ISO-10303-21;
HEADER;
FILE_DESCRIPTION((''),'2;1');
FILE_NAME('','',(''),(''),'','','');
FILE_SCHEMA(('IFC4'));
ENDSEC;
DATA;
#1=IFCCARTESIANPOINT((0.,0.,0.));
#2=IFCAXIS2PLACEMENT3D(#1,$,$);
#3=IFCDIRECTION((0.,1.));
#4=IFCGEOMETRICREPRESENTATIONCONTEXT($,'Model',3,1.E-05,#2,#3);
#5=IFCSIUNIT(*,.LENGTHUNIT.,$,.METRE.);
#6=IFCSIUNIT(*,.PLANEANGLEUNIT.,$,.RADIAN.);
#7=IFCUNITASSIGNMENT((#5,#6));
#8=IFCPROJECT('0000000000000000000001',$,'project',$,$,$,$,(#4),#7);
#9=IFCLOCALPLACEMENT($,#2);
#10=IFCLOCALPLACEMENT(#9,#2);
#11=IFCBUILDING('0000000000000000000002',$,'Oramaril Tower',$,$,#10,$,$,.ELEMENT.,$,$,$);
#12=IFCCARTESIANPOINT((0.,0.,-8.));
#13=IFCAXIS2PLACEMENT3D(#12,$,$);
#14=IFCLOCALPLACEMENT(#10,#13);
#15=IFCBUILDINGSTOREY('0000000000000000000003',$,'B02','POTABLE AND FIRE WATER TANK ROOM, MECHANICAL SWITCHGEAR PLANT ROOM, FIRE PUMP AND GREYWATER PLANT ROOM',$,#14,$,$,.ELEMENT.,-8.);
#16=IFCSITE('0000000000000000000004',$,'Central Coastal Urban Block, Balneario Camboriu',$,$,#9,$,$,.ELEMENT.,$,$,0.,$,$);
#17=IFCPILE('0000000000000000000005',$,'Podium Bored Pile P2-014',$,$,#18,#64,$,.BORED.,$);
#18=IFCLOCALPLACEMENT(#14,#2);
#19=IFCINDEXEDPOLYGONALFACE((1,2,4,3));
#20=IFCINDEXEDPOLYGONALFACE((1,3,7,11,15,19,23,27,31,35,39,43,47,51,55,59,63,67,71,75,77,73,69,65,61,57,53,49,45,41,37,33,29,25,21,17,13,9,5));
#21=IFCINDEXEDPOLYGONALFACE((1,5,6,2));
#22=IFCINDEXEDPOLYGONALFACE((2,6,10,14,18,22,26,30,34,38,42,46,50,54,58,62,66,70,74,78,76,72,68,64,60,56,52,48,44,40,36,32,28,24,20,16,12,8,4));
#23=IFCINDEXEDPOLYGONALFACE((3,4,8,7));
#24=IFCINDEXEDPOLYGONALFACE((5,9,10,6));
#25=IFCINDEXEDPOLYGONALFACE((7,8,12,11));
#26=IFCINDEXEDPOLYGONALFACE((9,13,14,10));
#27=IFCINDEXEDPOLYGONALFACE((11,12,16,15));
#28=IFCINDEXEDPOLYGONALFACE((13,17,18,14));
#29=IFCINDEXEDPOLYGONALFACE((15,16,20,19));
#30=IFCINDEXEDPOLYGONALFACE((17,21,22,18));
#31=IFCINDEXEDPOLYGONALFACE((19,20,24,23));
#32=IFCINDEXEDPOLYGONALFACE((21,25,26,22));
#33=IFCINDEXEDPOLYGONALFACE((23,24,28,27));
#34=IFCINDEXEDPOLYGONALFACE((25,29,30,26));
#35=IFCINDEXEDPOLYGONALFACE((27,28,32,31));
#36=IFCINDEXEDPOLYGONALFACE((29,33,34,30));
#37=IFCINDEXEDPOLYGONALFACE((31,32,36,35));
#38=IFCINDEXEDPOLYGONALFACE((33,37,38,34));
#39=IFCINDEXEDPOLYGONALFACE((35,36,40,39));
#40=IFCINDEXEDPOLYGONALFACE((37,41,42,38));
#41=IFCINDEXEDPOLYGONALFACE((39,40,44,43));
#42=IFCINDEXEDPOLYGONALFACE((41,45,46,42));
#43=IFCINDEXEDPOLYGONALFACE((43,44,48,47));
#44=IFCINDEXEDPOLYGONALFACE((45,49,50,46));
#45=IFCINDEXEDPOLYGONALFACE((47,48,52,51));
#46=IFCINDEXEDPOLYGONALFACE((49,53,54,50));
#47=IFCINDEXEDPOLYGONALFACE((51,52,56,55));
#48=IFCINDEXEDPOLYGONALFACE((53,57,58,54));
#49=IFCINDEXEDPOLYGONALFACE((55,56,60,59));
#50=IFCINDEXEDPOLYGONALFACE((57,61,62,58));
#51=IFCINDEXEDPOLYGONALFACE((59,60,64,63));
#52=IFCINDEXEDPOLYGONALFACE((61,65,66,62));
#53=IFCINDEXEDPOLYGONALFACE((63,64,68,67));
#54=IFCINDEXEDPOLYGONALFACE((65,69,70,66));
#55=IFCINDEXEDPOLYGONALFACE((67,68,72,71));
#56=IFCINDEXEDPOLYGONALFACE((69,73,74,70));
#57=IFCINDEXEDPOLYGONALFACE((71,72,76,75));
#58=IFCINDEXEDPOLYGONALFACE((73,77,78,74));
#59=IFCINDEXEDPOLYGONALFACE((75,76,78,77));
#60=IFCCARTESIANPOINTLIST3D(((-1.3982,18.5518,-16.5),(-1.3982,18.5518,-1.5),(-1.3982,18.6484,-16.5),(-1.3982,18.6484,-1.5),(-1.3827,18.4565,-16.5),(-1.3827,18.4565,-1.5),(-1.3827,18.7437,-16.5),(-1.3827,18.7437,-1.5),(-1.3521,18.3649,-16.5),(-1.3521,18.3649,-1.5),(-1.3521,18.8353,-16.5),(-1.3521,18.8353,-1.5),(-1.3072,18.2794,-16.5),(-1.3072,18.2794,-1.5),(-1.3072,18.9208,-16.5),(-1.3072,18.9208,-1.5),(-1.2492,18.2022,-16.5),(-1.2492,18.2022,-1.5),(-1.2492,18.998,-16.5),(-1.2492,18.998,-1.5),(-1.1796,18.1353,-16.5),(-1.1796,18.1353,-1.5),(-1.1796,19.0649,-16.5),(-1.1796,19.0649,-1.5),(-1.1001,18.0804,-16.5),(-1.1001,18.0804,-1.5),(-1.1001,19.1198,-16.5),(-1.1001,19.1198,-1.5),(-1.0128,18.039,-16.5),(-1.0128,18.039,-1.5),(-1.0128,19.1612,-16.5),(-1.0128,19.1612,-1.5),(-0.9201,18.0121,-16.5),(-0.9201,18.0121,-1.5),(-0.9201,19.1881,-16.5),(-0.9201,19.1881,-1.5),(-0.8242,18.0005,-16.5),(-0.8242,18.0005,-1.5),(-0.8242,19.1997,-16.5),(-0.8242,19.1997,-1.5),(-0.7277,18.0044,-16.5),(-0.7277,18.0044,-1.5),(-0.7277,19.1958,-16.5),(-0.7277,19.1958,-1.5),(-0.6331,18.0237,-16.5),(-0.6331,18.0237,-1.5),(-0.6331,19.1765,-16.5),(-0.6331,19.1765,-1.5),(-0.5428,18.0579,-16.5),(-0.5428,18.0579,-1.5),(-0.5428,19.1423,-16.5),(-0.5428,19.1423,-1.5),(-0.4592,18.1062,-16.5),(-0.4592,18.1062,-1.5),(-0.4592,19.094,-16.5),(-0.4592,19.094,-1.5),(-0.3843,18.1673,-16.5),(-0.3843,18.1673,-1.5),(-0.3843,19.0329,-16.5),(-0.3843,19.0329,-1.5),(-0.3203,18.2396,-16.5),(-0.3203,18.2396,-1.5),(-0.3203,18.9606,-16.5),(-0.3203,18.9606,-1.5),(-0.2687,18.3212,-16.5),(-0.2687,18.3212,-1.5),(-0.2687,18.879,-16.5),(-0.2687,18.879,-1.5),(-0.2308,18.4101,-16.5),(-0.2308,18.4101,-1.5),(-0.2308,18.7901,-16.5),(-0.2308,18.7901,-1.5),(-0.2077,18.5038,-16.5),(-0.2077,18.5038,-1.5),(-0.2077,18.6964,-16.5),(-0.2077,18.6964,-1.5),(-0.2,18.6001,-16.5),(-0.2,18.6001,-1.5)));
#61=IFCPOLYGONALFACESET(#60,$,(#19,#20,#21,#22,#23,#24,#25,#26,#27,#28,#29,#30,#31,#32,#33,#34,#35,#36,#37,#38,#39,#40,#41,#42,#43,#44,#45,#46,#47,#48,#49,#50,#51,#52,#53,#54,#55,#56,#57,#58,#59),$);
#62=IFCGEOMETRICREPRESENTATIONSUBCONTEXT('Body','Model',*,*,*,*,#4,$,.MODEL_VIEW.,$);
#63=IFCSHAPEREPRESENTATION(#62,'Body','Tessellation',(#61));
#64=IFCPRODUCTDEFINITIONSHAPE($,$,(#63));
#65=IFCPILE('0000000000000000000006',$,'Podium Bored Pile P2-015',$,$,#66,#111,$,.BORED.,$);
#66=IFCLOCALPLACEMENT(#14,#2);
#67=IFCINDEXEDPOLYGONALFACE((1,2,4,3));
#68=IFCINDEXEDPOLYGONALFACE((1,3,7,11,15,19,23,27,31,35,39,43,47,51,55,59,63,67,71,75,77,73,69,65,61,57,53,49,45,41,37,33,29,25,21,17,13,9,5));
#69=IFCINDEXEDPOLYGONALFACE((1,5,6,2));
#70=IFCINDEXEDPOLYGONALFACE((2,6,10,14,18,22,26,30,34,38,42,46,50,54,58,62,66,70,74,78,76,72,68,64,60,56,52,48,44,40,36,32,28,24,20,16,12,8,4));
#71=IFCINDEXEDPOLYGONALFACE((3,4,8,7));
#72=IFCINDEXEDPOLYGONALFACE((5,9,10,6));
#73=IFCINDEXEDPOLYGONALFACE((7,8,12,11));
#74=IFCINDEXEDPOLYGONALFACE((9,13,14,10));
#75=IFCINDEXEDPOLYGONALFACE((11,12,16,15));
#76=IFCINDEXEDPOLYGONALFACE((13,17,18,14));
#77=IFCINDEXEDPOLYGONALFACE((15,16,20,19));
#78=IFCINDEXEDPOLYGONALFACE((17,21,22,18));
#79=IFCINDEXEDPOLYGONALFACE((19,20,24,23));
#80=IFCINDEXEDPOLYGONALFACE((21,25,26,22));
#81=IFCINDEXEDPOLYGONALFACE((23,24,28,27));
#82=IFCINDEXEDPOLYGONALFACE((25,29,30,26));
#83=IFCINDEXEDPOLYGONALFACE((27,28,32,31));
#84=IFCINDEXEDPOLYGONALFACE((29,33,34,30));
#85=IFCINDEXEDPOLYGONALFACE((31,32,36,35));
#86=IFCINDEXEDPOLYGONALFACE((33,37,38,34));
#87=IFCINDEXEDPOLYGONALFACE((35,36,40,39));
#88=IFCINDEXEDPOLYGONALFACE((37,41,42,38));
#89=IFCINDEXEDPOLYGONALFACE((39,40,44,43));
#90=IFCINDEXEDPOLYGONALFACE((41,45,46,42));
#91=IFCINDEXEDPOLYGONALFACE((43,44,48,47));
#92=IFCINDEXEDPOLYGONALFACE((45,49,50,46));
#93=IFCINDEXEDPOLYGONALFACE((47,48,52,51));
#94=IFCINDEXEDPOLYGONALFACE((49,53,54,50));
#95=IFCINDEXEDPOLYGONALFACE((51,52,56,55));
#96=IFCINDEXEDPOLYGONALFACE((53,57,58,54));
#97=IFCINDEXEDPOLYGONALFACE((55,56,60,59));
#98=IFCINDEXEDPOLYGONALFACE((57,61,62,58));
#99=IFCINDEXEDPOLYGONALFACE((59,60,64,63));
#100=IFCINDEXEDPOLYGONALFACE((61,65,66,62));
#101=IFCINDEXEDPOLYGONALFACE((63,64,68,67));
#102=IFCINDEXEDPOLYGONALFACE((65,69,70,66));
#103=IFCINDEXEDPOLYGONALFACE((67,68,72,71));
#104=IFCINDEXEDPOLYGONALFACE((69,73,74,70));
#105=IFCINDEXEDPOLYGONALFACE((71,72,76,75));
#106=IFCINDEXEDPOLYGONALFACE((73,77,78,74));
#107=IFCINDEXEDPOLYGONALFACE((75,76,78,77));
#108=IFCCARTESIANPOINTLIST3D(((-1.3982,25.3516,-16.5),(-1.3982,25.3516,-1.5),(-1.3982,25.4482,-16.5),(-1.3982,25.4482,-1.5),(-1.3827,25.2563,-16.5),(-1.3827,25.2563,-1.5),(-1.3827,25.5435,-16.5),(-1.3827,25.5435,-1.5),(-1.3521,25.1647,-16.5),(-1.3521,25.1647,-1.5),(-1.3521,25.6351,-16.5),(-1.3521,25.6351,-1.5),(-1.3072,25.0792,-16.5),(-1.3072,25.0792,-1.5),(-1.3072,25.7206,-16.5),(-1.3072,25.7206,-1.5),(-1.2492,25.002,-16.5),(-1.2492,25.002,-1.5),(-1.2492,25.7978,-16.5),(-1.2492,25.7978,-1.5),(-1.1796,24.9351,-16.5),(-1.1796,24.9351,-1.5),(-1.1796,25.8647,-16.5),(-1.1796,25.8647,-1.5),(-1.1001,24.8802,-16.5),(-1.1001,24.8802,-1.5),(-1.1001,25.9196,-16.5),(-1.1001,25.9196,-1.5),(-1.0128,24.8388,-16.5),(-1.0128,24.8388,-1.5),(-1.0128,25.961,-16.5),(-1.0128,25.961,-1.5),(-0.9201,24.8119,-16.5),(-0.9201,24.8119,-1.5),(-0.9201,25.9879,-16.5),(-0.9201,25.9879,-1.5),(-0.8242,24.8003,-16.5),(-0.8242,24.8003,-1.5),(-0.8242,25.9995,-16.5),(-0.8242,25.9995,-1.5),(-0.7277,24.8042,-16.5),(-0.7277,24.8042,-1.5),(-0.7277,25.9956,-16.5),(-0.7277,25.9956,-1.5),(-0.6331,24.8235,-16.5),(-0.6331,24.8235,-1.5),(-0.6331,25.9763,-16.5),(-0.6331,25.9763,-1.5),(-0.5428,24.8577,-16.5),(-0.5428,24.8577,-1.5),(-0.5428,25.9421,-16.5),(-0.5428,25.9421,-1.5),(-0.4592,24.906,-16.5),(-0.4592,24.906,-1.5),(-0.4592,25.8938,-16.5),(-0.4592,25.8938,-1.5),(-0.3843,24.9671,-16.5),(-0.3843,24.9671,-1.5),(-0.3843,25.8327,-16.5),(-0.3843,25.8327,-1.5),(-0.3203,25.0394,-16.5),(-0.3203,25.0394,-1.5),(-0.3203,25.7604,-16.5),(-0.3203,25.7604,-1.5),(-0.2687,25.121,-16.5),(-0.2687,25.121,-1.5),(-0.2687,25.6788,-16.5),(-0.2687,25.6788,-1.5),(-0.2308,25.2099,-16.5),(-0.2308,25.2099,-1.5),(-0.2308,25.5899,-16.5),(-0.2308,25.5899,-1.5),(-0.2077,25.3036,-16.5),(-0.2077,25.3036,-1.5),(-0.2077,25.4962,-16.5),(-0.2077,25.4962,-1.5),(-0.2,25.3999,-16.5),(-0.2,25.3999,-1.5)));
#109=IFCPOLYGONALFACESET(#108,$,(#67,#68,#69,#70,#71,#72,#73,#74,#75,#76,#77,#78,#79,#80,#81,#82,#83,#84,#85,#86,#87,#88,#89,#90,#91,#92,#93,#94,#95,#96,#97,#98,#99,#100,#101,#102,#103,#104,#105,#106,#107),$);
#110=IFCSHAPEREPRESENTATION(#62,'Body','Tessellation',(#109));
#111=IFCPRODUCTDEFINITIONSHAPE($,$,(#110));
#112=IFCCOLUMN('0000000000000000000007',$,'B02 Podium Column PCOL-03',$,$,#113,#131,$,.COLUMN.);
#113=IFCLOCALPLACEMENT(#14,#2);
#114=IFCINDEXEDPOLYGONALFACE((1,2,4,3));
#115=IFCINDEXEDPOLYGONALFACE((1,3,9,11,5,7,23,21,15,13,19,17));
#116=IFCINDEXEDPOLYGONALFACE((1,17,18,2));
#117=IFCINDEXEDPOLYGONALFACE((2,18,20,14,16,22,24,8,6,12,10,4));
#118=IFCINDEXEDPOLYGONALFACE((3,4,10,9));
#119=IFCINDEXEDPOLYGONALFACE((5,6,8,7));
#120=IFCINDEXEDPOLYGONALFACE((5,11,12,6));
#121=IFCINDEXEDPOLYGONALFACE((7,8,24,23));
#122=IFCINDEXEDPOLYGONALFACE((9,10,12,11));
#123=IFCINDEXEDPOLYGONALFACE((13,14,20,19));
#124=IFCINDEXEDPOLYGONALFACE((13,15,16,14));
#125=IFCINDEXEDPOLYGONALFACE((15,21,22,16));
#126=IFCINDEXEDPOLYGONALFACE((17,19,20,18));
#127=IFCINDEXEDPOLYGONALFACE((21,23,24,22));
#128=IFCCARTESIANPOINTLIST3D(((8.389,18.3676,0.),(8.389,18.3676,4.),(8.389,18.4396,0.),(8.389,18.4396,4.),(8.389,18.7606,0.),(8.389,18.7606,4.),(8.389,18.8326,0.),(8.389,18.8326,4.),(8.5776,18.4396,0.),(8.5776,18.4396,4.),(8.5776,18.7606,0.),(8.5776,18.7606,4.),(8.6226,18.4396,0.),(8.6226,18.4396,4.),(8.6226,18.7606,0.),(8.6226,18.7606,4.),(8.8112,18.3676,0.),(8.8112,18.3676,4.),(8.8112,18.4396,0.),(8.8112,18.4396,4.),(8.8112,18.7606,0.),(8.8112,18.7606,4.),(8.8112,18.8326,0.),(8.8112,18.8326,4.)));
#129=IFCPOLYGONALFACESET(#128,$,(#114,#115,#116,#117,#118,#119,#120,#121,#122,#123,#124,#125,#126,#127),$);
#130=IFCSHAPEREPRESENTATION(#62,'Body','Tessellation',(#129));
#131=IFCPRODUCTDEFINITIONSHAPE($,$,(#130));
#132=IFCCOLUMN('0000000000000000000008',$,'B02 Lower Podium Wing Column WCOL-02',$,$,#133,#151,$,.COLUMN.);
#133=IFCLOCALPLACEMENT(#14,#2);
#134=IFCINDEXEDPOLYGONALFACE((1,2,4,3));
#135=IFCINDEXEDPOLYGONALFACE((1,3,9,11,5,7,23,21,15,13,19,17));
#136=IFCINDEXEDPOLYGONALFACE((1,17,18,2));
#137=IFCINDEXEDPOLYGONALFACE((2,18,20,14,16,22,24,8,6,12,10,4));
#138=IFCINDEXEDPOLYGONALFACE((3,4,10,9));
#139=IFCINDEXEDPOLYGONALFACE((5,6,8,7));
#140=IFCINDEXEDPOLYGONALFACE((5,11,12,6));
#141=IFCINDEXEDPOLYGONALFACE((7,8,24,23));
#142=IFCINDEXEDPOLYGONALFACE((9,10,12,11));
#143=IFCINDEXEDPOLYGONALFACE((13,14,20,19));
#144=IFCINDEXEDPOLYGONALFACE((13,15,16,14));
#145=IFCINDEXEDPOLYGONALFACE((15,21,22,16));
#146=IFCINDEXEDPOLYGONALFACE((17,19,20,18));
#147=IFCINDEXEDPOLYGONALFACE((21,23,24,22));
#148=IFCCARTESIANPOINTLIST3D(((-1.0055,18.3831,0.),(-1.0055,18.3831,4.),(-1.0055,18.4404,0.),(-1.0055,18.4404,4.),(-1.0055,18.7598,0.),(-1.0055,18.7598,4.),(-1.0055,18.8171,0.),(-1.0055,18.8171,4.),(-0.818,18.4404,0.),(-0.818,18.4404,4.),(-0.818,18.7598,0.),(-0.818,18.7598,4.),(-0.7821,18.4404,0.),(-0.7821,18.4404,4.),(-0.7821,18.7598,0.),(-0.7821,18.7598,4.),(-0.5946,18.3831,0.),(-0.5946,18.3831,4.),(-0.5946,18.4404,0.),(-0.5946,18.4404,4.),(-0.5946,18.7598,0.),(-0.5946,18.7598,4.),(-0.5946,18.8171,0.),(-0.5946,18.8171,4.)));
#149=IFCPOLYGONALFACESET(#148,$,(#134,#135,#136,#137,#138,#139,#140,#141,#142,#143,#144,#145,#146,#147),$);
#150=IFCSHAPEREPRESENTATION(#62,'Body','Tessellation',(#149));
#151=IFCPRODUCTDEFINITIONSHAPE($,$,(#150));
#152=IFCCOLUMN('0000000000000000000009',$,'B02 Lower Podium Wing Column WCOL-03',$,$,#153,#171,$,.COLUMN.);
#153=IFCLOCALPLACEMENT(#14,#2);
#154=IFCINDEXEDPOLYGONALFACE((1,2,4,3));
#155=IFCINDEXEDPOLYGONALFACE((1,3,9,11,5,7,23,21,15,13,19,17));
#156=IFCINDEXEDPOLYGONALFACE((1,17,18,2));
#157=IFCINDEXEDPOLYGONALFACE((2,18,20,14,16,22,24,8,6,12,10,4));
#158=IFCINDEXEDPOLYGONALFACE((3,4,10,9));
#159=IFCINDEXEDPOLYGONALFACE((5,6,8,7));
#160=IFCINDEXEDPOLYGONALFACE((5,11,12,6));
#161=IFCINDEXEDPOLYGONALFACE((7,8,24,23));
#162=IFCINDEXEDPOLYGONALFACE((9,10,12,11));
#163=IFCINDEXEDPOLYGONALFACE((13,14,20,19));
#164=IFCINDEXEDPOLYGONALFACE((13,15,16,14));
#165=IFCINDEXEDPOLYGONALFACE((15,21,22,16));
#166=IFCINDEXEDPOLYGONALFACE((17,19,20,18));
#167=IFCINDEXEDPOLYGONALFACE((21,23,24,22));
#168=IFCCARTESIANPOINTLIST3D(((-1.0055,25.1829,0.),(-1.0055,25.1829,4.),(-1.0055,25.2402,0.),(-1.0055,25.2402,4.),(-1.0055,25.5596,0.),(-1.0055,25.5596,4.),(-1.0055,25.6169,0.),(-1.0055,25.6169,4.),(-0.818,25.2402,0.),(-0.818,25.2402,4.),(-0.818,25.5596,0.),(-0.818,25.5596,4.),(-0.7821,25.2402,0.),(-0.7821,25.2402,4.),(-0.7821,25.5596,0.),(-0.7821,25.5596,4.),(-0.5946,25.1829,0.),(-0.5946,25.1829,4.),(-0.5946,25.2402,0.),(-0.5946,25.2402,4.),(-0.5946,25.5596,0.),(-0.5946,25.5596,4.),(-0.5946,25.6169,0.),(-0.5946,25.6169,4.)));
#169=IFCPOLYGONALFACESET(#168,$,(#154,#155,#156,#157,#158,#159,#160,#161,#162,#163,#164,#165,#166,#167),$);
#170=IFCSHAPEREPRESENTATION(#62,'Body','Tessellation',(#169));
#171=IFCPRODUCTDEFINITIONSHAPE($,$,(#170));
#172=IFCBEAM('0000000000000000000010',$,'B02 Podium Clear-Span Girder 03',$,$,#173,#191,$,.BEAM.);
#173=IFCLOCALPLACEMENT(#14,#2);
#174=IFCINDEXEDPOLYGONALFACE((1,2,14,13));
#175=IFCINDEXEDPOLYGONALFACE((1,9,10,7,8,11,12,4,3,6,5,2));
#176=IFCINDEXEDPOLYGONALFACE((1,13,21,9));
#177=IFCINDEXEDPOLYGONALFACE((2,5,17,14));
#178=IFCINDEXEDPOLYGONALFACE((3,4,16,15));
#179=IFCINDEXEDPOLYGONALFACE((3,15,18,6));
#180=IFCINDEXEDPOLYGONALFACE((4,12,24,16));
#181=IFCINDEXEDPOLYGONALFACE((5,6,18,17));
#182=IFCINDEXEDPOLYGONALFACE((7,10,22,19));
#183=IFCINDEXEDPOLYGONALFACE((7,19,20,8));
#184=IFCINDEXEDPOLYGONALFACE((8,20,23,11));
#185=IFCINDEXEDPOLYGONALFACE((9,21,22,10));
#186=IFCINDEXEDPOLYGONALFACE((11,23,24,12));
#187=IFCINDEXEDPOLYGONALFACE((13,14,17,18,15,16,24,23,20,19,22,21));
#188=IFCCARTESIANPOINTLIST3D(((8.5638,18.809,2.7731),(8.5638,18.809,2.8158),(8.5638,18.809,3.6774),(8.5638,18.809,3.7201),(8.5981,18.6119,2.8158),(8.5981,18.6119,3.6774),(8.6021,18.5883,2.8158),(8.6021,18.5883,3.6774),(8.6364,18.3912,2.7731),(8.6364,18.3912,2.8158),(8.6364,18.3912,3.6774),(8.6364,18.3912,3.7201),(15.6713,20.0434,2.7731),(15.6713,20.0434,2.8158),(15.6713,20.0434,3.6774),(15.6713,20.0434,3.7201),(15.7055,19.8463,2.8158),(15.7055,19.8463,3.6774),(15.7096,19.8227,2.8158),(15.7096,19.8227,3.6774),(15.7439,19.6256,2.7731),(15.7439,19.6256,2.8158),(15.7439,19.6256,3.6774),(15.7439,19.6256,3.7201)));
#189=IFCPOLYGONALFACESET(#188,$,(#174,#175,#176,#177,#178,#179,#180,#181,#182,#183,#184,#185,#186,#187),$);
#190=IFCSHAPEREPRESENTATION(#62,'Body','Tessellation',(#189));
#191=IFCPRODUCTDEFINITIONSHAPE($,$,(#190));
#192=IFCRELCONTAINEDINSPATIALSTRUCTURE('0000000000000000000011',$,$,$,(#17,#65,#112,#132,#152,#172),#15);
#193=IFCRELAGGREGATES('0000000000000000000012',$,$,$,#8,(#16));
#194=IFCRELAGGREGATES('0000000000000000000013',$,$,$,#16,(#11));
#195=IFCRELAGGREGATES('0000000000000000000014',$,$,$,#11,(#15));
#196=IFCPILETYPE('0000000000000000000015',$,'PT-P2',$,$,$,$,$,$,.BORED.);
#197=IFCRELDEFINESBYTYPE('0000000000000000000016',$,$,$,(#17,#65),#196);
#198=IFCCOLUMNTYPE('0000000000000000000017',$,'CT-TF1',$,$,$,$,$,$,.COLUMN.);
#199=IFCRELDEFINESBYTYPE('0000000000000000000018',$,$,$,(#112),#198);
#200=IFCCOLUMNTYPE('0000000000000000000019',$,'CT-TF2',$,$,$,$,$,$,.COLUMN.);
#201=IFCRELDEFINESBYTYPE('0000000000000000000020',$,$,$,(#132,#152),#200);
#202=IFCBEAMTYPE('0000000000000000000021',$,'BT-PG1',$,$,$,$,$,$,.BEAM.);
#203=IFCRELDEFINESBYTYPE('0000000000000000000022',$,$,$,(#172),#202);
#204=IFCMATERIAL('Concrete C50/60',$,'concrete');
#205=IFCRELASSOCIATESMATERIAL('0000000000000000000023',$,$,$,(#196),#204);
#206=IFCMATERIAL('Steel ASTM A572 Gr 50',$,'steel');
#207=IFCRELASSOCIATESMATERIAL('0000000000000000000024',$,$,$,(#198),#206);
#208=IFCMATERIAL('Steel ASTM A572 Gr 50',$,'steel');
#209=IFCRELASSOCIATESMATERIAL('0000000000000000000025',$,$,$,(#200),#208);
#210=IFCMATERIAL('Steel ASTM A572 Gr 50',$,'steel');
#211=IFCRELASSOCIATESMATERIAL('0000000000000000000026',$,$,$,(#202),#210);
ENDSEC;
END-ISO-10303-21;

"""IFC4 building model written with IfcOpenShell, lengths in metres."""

from ifc_helpers import new_model, si_unit, direction, frame, origin, origin_2d, place, context, subcontext, project, spatial, circle, i_section, extrude, material, material_profile, profile_set, type_object, element, save


model = new_model("IFC4")

# Units and contexts
model_context = context("Model", 3, precision=1e-05, world=origin(), true_north=direction((0.0, 1.0)))
body_context = subcontext(model_context, "Body", "Model", "MODEL_VIEW")
ifc_project = project(units=[si_unit("LENGTHUNIT", "METRE"), si_unit("PLANEANGLEUNIT", "RADIAN")], contexts=[model_context])

# Site, building, storey
site_placement = place(None, origin())
site = spatial("IfcSite", under=ifc_project, at=site_placement, Name="Central Coastal Urban Block, Balneario Camboriu", CompositionType="ELEMENT", RefElevation=0.0)
building_placement = place(site_placement, origin())
building = spatial("IfcBuilding", under=site, at=building_placement, Name="Oramaril Tower", CompositionType="ELEMENT")
storey_placement = place(building_placement, frame((0.0, 0.0, -8.0)))
storey = spatial("IfcBuildingStorey", under=building, at=storey_placement, Name="B02", Description="POTABLE AND FIRE WATER TANK ROOM, MECHANICAL SWITCHGEAR PLANT ROOM, FIRE PUMP AND GREYWATER PLANT ROOM", CompositionType="ELEMENT", Elevation=-8.0)

# Piles
ifc_material_1 = material(Name="Concrete C50/60", Category="concrete")
ifc_material_profile_1 = material_profile(ifc_material_1, circle(Radius=0.6001, at=origin_2d()), Name="D1200")
ifc_profile_set_1 = profile_set([ifc_material_profile_1], Name="Concrete C50/60")
pile_type = type_object("IfcPileType", Name="PT-P2", PredefinedType="BORED", material=ifc_profile_set_1)
for number, where, z_axis, x_axis, name in (
    (1, (-0.8, 18.6001, -1.5), (0.0, 0.0, -1.0), (1.0, 0.0, 0.0), "Podium Bored Pile P2-014"),
    (2, (-0.8, 25.3999, -1.5), (0.0, 0.0, -1.0), (1.0, 0.0, 0.0), "Podium Bored Pile P2-015"),
):
    element("IfcPile", number, at=place(storey_placement, frame(where, z_axis=z_axis, x_axis=x_axis)), inside=storey, type_object=pile_type, Name=name, PredefinedType="BORED", context=body_context, shape_type="SweptSolid", body=[
        extrude(circle(Radius=0.6001, at=origin_2d()), origin(), (0.0, 0.0, 1.0), 15.0),
    ])

# Columns
ifc_material_2 = material(Name="Steel ASTM A572 Gr 50", Category="steel")
ifc_material_profile_2 = material_profile(ifc_material_2, i_section(OverallWidth=0.4221, OverallDepth=0.4651, WebThickness=0.0449, FlangeThickness=0.072, at=origin_2d()), Name="W14X398")
ifc_profile_set_2 = profile_set([ifc_material_profile_2], Name="Steel ASTM A572 Gr 50")
column_type_1 = type_object("IfcColumnType", Name="CT-TF1", PredefinedType="COLUMN", material=ifc_profile_set_2)
column_placement = place(storey_placement, frame((8.6001, 18.6001, 0.0), z_axis=(0.0, 0.0, 1.0), x_axis=(1.0, 0.0, 0.0)))
element("IfcColumn", 3, at=column_placement, inside=storey, type_object=column_type_1, Name="B02 Podium Column PCOL-03", PredefinedType="COLUMN", context=body_context, shape_type="SweptSolid", body=[
    extrude(i_section(OverallWidth=0.4221, OverallDepth=0.4651, WebThickness=0.0449, FlangeThickness=0.072, at=origin_2d()), origin(), (0.0, 0.0, 1.0), 4.0),
])
ifc_material_3 = material(Name="Steel ASTM A572 Gr 50", Category="steel")
ifc_material_profile_3 = material_profile(ifc_material_3, i_section(OverallWidth=0.4109, OverallDepth=0.4341, WebThickness=0.0359, FlangeThickness=0.0574, at=origin_2d()), Name="W14X311")
ifc_profile_set_3 = profile_set([ifc_material_profile_3], Name="Steel ASTM A572 Gr 50")
column_type_2 = type_object("IfcColumnType", Name="CT-TF2", PredefinedType="COLUMN", material=ifc_profile_set_3)
for number, where, z_axis, x_axis, name in (
    (4, (-0.8, 18.6001, 0.0), (0.0, 0.0, 1.0), (1.0, 0.0, 0.0), "B02 Lower Podium Wing Column WCOL-02"),
    (5, (-0.8, 25.3999, 0.0), (0.0, 0.0, 1.0), (1.0, 0.0, 0.0), "B02 Lower Podium Wing Column WCOL-03"),
):
    element("IfcColumn", number, at=place(storey_placement, frame(where, z_axis=z_axis, x_axis=x_axis)), inside=storey, type_object=column_type_2, Name=name, PredefinedType="COLUMN", context=body_context, shape_type="SweptSolid", body=[
        extrude(i_section(OverallWidth=0.4109, OverallDepth=0.4341, WebThickness=0.0359, FlangeThickness=0.0574, at=origin_2d()), origin(), (0.0, 0.0, 1.0), 4.0),
    ])

# Beam
ifc_material_4 = material(Name="Steel ASTM A572 Gr 50", Category="steel")
ifc_material_profile_4 = material_profile(ifc_material_4, i_section(OverallWidth=0.4241, OverallDepth=0.947, WebThickness=0.0239, FlangeThickness=0.0427, at=origin_2d()), Name="W36X302")
ifc_profile_set_4 = profile_set([ifc_material_profile_4], Name="Steel ASTM A572 Gr 50")
beam_type_1 = type_object("IfcBeamType", Name="BT-PG1", PredefinedType="BEAM", material=ifc_profile_set_4)
beam_1_placement = place(storey_placement, frame((8.6001, 18.6001, 3.2466), z_axis=(0.985251, 0.171113, 0.0), x_axis=(-0.171113, 0.985251, 0.0)))
element("IfcBeam", 6, at=beam_1_placement, inside=storey, type_object=beam_type_1, Name="B02 Podium Clear-Span Girder 03", PredefinedType="BEAM", context=body_context, shape_type="SweptSolid", body=[
    extrude(i_section(OverallWidth=0.4241, OverallDepth=0.947, WebThickness=0.0239, FlangeThickness=0.0427, at=origin_2d()), origin(), (0.0, 0.0, 1.0), 7.2139),
])

save(model, "model.ifc")
